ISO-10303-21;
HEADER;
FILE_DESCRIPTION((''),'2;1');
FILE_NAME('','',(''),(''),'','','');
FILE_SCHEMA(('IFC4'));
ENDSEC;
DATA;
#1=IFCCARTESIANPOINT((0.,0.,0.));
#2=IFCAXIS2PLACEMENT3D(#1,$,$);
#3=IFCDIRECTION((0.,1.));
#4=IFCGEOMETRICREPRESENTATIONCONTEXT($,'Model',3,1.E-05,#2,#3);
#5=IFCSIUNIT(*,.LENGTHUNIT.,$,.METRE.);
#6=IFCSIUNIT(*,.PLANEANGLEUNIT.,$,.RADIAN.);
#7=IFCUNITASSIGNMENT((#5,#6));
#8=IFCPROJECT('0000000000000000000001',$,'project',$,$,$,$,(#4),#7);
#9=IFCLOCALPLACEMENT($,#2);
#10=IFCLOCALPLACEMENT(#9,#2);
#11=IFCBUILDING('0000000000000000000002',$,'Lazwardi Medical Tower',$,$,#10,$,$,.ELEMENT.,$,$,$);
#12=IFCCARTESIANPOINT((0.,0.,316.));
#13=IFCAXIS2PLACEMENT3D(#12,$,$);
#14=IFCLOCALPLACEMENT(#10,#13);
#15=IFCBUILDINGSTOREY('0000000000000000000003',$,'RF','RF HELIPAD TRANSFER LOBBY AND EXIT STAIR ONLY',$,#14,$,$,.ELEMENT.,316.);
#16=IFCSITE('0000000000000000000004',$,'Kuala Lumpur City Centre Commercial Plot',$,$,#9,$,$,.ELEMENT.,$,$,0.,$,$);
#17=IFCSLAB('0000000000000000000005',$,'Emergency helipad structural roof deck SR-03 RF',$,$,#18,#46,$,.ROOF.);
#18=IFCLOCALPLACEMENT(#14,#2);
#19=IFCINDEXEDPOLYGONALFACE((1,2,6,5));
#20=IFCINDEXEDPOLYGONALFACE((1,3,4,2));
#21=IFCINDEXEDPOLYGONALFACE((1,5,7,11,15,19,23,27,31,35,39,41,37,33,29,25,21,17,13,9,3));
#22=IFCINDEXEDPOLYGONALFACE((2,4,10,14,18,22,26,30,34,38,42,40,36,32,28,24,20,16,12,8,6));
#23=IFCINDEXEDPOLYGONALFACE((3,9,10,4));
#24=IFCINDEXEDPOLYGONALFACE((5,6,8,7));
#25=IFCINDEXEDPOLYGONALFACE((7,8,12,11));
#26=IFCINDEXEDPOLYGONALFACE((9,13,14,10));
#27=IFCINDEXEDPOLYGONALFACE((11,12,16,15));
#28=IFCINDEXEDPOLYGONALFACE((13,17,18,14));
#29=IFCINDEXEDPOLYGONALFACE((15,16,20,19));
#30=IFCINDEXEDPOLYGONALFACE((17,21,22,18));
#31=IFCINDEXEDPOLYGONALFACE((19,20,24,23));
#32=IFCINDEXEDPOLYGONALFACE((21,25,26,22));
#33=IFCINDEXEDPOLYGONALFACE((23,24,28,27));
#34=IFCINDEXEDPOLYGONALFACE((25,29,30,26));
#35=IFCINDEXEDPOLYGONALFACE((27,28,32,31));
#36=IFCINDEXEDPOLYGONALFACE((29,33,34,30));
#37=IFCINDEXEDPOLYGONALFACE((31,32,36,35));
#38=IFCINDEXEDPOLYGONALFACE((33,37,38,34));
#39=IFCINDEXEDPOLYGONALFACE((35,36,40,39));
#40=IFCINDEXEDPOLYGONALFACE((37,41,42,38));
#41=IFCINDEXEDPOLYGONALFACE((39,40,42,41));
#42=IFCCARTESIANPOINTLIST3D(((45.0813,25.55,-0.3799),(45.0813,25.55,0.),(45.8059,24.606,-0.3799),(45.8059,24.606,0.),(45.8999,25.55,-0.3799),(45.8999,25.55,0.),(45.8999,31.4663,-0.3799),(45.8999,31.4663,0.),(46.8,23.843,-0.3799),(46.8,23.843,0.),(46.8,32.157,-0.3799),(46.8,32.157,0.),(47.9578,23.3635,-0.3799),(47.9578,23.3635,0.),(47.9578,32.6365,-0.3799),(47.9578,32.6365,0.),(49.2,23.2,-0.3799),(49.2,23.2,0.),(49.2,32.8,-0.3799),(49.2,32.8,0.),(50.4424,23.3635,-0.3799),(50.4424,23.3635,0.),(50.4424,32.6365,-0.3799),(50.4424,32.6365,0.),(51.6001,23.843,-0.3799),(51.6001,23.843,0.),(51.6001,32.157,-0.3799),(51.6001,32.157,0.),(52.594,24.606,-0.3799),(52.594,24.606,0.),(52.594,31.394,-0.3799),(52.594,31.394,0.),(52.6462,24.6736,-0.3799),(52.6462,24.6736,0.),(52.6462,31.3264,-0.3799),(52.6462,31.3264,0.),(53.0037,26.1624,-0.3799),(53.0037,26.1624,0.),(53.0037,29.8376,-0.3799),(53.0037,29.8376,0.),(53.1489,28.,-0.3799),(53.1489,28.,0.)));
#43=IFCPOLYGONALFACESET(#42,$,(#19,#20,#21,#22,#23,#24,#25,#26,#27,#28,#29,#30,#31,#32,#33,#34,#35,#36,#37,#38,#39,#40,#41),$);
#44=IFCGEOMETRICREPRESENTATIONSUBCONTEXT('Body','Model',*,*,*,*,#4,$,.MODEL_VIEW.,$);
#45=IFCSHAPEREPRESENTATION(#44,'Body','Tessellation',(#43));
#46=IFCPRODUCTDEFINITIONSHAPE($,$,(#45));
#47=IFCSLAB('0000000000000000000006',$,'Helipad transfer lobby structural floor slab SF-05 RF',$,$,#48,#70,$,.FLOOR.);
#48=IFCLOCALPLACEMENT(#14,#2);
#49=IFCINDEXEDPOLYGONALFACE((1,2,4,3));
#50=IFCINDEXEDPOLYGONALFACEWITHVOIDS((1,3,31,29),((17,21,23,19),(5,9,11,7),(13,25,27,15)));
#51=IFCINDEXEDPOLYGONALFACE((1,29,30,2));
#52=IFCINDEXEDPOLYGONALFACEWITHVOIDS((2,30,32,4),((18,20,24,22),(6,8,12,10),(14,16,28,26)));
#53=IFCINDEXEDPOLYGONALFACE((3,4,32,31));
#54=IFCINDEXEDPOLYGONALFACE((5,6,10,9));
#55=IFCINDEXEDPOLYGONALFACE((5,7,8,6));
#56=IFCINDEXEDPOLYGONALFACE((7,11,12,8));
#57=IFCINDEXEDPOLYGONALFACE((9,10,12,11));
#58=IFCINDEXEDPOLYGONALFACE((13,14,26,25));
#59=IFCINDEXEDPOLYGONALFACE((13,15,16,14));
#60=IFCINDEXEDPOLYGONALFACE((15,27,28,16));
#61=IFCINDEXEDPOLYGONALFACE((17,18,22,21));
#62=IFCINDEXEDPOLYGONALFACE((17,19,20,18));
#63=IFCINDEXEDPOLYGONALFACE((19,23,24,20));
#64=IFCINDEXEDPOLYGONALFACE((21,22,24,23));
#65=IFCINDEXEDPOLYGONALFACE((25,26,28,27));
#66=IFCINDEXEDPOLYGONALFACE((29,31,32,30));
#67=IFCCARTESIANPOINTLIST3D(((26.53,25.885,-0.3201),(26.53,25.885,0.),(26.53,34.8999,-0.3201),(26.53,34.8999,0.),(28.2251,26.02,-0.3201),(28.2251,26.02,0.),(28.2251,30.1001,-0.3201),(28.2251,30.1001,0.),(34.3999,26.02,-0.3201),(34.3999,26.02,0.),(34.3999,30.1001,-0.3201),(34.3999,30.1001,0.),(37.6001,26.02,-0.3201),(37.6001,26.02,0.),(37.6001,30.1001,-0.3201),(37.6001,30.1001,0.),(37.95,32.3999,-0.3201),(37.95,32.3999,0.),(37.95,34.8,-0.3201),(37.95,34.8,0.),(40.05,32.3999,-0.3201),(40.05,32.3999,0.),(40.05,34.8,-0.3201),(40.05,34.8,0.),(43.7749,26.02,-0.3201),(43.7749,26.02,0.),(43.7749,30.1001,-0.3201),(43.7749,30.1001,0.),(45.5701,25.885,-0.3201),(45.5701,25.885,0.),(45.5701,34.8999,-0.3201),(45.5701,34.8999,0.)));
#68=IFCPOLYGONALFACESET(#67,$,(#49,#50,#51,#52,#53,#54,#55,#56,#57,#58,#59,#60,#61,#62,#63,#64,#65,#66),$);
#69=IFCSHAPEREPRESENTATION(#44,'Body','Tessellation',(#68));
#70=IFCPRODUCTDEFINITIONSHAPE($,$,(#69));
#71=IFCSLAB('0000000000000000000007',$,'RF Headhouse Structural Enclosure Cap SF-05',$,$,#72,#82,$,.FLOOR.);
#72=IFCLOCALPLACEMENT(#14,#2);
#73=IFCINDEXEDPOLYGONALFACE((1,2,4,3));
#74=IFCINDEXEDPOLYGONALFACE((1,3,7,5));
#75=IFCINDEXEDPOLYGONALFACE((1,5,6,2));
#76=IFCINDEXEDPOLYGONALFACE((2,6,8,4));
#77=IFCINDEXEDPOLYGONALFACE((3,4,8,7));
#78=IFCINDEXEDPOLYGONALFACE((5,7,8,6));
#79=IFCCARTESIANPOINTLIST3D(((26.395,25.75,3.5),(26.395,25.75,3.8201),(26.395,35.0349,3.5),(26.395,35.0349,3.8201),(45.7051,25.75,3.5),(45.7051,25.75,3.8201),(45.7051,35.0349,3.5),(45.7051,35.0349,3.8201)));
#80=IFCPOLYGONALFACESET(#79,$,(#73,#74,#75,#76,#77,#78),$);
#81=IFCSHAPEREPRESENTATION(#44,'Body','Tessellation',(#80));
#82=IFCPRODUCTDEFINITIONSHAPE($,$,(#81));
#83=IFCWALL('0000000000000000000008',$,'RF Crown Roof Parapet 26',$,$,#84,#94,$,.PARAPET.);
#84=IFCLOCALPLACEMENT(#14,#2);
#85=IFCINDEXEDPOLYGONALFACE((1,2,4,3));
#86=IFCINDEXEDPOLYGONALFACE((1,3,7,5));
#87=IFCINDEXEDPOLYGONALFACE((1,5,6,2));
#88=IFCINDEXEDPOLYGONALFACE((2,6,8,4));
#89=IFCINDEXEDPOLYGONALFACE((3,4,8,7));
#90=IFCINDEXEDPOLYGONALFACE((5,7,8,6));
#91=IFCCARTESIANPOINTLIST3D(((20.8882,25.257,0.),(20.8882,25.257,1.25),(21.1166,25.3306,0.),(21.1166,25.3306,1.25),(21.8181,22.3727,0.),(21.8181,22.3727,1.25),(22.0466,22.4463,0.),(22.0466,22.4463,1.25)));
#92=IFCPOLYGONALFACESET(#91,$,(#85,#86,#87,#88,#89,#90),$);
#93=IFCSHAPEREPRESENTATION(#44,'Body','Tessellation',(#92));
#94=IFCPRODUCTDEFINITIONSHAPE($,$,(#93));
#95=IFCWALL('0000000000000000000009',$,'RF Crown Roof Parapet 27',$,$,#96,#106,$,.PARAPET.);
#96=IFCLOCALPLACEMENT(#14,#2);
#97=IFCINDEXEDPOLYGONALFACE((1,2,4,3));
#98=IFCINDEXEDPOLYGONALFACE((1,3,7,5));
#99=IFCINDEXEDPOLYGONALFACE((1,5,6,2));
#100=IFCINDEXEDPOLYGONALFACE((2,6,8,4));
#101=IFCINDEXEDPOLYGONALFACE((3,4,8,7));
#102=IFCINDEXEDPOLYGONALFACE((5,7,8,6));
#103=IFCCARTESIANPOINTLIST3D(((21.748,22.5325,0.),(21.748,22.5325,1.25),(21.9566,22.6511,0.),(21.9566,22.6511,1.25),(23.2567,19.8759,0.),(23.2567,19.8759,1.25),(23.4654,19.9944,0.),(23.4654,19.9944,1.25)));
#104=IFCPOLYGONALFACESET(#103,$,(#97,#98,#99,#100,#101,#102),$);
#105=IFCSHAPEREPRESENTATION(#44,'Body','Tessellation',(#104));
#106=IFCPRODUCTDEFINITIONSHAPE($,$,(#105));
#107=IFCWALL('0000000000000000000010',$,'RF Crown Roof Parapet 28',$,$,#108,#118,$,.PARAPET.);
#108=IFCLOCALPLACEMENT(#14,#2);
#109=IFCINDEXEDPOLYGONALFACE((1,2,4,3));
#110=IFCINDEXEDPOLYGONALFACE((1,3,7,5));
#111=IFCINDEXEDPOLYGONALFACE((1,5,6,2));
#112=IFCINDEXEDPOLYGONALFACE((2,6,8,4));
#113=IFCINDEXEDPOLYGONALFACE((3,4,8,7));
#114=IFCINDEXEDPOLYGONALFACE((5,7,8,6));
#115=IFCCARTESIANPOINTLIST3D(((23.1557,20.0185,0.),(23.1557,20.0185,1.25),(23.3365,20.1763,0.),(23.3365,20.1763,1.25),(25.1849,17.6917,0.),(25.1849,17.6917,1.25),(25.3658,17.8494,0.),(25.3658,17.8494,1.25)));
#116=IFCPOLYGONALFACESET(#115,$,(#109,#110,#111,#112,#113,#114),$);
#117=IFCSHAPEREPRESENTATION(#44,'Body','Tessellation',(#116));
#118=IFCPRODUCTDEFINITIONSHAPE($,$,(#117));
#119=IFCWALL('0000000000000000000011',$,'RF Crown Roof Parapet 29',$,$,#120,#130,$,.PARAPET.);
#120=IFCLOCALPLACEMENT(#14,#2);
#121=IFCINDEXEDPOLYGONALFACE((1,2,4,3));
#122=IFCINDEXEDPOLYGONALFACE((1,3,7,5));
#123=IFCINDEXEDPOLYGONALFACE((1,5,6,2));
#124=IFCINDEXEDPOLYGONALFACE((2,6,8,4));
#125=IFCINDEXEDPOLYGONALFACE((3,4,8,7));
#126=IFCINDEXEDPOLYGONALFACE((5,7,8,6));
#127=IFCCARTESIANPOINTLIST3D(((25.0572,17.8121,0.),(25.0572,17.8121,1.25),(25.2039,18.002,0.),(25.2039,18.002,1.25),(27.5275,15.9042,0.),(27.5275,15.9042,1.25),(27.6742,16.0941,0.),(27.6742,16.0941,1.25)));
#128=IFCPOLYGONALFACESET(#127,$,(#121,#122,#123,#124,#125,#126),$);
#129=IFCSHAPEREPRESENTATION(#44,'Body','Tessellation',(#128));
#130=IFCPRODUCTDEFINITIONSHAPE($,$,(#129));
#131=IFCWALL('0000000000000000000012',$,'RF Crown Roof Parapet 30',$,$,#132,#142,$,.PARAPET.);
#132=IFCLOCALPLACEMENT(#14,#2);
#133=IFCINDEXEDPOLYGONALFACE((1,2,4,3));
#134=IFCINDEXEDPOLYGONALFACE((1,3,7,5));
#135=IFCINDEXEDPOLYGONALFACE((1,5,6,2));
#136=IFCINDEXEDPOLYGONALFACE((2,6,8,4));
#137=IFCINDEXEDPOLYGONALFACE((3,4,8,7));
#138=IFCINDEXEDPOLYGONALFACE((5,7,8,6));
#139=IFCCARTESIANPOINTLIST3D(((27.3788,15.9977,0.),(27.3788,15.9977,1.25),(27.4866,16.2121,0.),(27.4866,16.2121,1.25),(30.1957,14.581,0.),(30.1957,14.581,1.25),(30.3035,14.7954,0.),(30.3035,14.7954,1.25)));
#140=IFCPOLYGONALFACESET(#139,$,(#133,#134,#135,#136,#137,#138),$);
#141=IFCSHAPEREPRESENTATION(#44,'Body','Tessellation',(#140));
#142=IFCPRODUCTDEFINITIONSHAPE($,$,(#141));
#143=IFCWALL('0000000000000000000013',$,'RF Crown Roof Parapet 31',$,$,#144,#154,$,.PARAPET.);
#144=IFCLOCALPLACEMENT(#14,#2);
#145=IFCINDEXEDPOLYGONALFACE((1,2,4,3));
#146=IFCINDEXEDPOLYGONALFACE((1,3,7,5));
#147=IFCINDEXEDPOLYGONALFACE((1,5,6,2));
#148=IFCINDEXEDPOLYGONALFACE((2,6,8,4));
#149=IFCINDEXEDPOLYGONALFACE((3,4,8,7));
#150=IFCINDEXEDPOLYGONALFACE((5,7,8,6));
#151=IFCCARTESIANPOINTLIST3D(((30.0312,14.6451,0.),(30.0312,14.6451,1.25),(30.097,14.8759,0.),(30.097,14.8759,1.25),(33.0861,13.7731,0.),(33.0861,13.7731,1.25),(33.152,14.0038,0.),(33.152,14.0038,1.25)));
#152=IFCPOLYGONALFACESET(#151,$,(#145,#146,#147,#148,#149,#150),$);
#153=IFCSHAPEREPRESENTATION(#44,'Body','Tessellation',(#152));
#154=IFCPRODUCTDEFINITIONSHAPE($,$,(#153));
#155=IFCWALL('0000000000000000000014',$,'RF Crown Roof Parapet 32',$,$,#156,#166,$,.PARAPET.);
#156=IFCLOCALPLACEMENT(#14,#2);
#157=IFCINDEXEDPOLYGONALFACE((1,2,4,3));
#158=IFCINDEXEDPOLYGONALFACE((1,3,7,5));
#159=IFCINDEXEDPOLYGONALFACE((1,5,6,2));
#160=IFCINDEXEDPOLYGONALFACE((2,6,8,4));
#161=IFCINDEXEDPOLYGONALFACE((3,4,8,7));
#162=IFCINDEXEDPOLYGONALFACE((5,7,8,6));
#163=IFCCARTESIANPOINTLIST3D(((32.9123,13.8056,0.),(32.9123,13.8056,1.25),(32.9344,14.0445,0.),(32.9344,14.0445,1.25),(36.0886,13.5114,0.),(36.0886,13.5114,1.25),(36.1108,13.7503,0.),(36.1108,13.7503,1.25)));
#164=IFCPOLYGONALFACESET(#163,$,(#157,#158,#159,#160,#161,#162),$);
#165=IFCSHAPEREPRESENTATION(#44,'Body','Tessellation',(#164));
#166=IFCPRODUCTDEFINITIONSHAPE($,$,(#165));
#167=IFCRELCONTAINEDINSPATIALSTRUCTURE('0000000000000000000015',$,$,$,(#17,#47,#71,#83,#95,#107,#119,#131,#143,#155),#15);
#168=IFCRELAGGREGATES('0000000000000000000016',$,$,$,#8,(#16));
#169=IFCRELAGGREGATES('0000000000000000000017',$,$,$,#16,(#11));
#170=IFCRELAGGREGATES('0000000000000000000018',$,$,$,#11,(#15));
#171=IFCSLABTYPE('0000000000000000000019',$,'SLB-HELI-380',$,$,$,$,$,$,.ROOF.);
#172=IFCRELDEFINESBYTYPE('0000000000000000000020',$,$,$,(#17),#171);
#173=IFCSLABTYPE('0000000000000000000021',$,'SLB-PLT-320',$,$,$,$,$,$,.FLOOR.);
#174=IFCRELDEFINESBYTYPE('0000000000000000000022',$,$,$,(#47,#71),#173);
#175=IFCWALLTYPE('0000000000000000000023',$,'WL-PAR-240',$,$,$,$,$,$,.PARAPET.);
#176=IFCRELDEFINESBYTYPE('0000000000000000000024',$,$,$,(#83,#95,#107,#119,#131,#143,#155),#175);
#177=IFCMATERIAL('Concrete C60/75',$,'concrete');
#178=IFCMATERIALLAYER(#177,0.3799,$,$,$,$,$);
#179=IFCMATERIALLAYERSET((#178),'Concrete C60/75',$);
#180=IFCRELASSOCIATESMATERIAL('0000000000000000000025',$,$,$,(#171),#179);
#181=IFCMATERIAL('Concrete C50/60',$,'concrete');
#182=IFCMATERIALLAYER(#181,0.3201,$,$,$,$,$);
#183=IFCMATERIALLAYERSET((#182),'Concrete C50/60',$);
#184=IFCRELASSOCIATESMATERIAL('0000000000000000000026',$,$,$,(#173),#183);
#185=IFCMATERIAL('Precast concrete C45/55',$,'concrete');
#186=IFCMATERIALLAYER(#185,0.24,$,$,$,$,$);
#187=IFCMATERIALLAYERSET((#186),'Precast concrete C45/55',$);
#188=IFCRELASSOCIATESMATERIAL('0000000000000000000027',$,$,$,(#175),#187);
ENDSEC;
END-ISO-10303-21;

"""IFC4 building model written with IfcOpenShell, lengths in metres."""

from ifc_helpers import new_model, si_unit, direction, frame, frame_2d, origin, place, context, subcontext, project, spatial, polyline, rectangle, outline, extrude, material, layer, layer_set, type_object, element, save


model = new_model("IFC4")

# Units and contexts
model_context = context("Model", 3, precision=1e-05, world=origin(), true_north=direction((0.0, 1.0)))
body_context = subcontext(model_context, "Body", "Model", "MODEL_VIEW")
ifc_project = project(units=[si_unit("LENGTHUNIT", "METRE"), si_unit("PLANEANGLEUNIT", "RADIAN")], contexts=[model_context])

# Site, building, storey
site_placement = place(None, origin())
site = spatial("IfcSite", under=ifc_project, at=site_placement, Name="Kuala Lumpur City Centre Commercial Plot", CompositionType="ELEMENT", RefElevation=0.0)
building_placement = place(site_placement, origin())
building = spatial("IfcBuilding", under=site, at=building_placement, Name="Lazwardi Medical Tower", CompositionType="ELEMENT")
storey_placement = place(building_placement, frame((0.0, 0.0, 316.0)))
storey = spatial("IfcBuildingStorey", under=building, at=storey_placement, Name="RF", Description="RF HELIPAD TRANSFER LOBBY AND EXIT STAIR ONLY", CompositionType="ELEMENT", Elevation=316.0)

# Slabs
ifc_material_1 = material(Name="Concrete C60/75", Category="concrete")
ifc_layer_1 = layer(ifc_material_1, 0.3799)
ifc_layer_set_1 = layer_set([ifc_layer_1], Name="Concrete C60/75")
slab_type_1 = type_object("IfcSlabType", Name="SLB-HELI-380", PredefinedType="ROOF", material=ifc_layer_set_1)
slab_1_placement = place(storey_placement, frame((0.0, 0.0, -0.3799)))
element("IfcSlab", 1, at=slab_1_placement, inside=storey, type_object=slab_type_1, Name="Emergency helipad structural roof deck SR-03 RF", PredefinedType="ROOF", context=body_context, shape_type="SweptSolid", body=[
    extrude(outline(polyline([(53.0037, 29.8376), (52.6462, 31.3264), (52.594, 31.394), (51.6001, 32.157), (50.4424, 32.6365), (49.2, 32.8), (47.9578, 32.6365), (46.8, 32.157), (45.8999, 31.4663), (45.8999, 25.55), (45.0813, 25.55), (45.8059, 24.606), (46.8, 23.843), (47.9578, 23.3635), (49.2, 23.2), (50.4424, 23.3635), (51.6001, 23.843), (52.594, 24.606), (52.6462, 24.6736), (53.0037, 26.1624), (53.1489, 28.0), (53.0037, 29.8376)])), origin(), (0.0, 0.0, 1.0), 0.3799),
])
ifc_material_2 = material(Name="Concrete C50/60", Category="concrete")
ifc_layer_2 = layer(ifc_material_2, 0.3201)
ifc_layer_set_2 = layer_set([ifc_layer_2], Name="Concrete C50/60")
slab_type_2 = type_object("IfcSlabType", Name="SLB-PLT-320", PredefinedType="FLOOR", material=ifc_layer_set_2)
slab_2_placement = place(storey_placement, frame((0.0, 0.0, -0.3201)))
element("IfcSlab", 2, at=slab_2_placement, inside=storey, type_object=slab_type_2, Name="Helipad transfer lobby structural floor slab SF-05 RF", PredefinedType="FLOOR", context=body_context, shape_type="SweptSolid", body=[
    extrude(outline(polyline([(26.53, 25.885), (45.5701, 25.885), (45.5701, 34.8999), (26.53, 34.8999), (26.53, 25.885)]), holes=[polyline([(28.2251, 26.02), (28.2251, 30.1001), (34.3999, 30.1001), (34.3999, 26.02), (28.2251, 26.02)]), polyline([(37.6001, 26.02), (37.6001, 30.1001), (43.7749, 30.1001), (43.7749, 26.02), (37.6001, 26.02)]), polyline([(37.95, 32.3999), (37.95, 34.8), (40.05, 34.8), (40.05, 32.3999), (37.95, 32.3999)])]), origin(), (0.0, 0.0, 1.0), 0.3201),
])
slab_3_placement = place(storey_placement, frame((0.0, 0.0, 3.5)))
element("IfcSlab", 3, at=slab_3_placement, inside=storey, type_object=slab_type_2, Name="RF Headhouse Structural Enclosure Cap SF-05", PredefinedType="FLOOR", context=body_context, shape_type="SweptSolid", body=[
    extrude(outline(polyline([(26.395, 25.75), (45.7051, 25.75), (45.7051, 35.0349), (26.395, 35.0349), (26.395, 25.75)])), origin(), (0.0, 0.0, 1.0), 0.3201),
])

# Walls
ifc_material_3 = material(Name="Precast concrete C45/55", Category="concrete")
ifc_layer_3 = layer(ifc_material_3, 0.24)
ifc_layer_set_3 = layer_set([ifc_layer_3], Name="Precast concrete C45/55")
wall_type = type_object("IfcWallType", Name="WL-PAR-240", PredefinedType="PARAPET", material=ifc_layer_set_3)
wall_1_placement = place(storey_placement, frame((21.0024, 25.2937, 0.0), z_axis=(0.0, 0.0, 1.0), x_axis=(0.306859, -0.951755, 0.0)))
element("IfcWall", 4, at=wall_1_placement, inside=storey, type_object=wall_type, Name="RF Crown Roof Parapet 26", PredefinedType="PARAPET", context=body_context, shape_type="SweptSolid", body=[
    extrude(rectangle(XDim=3.0305, YDim=0.24, at=frame_2d((1.5151, 0.0))), origin(), (0.0, 0.0, 1.0), 1.25),
])
wall_2_placement = place(storey_placement, frame((21.8523, 22.5918, 0.0), z_axis=(0.0, 0.0, 1.0), x_axis=(0.493831, -0.869558, 0.0)))
element("IfcWall", 5, at=wall_2_placement, inside=storey, type_object=wall_type, Name="RF Crown Roof Parapet 27", PredefinedType="PARAPET", context=body_context, shape_type="SweptSolid", body=[
    extrude(rectangle(XDim=3.0552, YDim=0.24, at=frame_2d((1.5276, 0.0))), origin(), (0.0, 0.0, 1.0), 1.25),
])
wall_3_placement = place(storey_placement, frame((23.2461, 20.0974, 0.0), z_axis=(0.0, 0.0, 1.0), x_axis=(0.657267, -0.753658, 0.0)))
element("IfcWall", 6, at=wall_3_placement, inside=storey, type_object=wall_type, Name="RF Crown Roof Parapet 28", PredefinedType="PARAPET", context=body_context, shape_type="SweptSolid", body=[
    extrude(rectangle(XDim=3.0874, YDim=0.24, at=frame_2d((1.5437, 0.0))), origin(), (0.0, 0.0, 1.0), 1.25),
])
wall_4_placement = place(storey_placement, frame((25.1306, 17.907, 0.0), z_axis=(0.0, 0.0, 1.0), x_axis=(0.791445, -0.61124, 0.0)))
element("IfcWall", 7, at=wall_4_placement, inside=storey, type_object=wall_type, Name="RF Crown Roof Parapet 29", PredefinedType="PARAPET", context=body_context, shape_type="SweptSolid", body=[
    extrude(rectangle(XDim=3.1213, YDim=0.24, at=frame_2d((1.5605, 0.0))), origin(), (0.0, 0.0, 1.0), 1.25),
])
wall_5_placement = place(storey_placement, frame((27.4326, 16.105, 0.0), z_axis=(0.0, 0.0, 1.0), x_axis=(0.893372, -0.449318, 0.0)))
element("IfcWall", 8, at=wall_5_placement, inside=storey, type_object=wall_type, Name="RF Crown Roof Parapet 30", PredefinedType="PARAPET", context=body_context, shape_type="SweptSolid", body=[
    extrude(rectangle(XDim=3.1531, YDim=0.24, at=frame_2d((1.5767, 0.0))), origin(), (0.0, 0.0, 1.0), 1.25),
])
wall_6_placement = place(storey_placement, frame((30.0642, 14.7605, 0.0), z_axis=(0.0, 0.0, 1.0), x_axis=(0.961588, -0.274498, 0.0)))
element("IfcWall", 9, at=wall_6_placement, inside=storey, type_object=wall_type, Name="RF Crown Roof Parapet 31", PredefinedType="PARAPET", context=body_context, shape_type="SweptSolid", body=[
    extrude(rectangle(XDim=3.177, YDim=0.24, at=frame_2d((1.5884, 0.0))), origin(), (0.0, 0.0, 1.0), 1.25),
])
wall_7_placement = place(storey_placement, frame((32.9233, 13.925, 0.0), z_axis=(0.0, 0.0, 1.0), x_axis=(0.995738, -0.092226, 0.0)))
element("IfcWall", 10, at=wall_7_placement, inside=storey, type_object=wall_type, Name="RF Crown Roof Parapet 32", PredefinedType="PARAPET", context=body_context, shape_type="SweptSolid", body=[
    extrude(rectangle(XDim=3.1899, YDim=0.24, at=frame_2d((1.595, 0.0))), origin(), (0.0, 0.0, 1.0), 1.25),
])

save(model, "model.ifc")
